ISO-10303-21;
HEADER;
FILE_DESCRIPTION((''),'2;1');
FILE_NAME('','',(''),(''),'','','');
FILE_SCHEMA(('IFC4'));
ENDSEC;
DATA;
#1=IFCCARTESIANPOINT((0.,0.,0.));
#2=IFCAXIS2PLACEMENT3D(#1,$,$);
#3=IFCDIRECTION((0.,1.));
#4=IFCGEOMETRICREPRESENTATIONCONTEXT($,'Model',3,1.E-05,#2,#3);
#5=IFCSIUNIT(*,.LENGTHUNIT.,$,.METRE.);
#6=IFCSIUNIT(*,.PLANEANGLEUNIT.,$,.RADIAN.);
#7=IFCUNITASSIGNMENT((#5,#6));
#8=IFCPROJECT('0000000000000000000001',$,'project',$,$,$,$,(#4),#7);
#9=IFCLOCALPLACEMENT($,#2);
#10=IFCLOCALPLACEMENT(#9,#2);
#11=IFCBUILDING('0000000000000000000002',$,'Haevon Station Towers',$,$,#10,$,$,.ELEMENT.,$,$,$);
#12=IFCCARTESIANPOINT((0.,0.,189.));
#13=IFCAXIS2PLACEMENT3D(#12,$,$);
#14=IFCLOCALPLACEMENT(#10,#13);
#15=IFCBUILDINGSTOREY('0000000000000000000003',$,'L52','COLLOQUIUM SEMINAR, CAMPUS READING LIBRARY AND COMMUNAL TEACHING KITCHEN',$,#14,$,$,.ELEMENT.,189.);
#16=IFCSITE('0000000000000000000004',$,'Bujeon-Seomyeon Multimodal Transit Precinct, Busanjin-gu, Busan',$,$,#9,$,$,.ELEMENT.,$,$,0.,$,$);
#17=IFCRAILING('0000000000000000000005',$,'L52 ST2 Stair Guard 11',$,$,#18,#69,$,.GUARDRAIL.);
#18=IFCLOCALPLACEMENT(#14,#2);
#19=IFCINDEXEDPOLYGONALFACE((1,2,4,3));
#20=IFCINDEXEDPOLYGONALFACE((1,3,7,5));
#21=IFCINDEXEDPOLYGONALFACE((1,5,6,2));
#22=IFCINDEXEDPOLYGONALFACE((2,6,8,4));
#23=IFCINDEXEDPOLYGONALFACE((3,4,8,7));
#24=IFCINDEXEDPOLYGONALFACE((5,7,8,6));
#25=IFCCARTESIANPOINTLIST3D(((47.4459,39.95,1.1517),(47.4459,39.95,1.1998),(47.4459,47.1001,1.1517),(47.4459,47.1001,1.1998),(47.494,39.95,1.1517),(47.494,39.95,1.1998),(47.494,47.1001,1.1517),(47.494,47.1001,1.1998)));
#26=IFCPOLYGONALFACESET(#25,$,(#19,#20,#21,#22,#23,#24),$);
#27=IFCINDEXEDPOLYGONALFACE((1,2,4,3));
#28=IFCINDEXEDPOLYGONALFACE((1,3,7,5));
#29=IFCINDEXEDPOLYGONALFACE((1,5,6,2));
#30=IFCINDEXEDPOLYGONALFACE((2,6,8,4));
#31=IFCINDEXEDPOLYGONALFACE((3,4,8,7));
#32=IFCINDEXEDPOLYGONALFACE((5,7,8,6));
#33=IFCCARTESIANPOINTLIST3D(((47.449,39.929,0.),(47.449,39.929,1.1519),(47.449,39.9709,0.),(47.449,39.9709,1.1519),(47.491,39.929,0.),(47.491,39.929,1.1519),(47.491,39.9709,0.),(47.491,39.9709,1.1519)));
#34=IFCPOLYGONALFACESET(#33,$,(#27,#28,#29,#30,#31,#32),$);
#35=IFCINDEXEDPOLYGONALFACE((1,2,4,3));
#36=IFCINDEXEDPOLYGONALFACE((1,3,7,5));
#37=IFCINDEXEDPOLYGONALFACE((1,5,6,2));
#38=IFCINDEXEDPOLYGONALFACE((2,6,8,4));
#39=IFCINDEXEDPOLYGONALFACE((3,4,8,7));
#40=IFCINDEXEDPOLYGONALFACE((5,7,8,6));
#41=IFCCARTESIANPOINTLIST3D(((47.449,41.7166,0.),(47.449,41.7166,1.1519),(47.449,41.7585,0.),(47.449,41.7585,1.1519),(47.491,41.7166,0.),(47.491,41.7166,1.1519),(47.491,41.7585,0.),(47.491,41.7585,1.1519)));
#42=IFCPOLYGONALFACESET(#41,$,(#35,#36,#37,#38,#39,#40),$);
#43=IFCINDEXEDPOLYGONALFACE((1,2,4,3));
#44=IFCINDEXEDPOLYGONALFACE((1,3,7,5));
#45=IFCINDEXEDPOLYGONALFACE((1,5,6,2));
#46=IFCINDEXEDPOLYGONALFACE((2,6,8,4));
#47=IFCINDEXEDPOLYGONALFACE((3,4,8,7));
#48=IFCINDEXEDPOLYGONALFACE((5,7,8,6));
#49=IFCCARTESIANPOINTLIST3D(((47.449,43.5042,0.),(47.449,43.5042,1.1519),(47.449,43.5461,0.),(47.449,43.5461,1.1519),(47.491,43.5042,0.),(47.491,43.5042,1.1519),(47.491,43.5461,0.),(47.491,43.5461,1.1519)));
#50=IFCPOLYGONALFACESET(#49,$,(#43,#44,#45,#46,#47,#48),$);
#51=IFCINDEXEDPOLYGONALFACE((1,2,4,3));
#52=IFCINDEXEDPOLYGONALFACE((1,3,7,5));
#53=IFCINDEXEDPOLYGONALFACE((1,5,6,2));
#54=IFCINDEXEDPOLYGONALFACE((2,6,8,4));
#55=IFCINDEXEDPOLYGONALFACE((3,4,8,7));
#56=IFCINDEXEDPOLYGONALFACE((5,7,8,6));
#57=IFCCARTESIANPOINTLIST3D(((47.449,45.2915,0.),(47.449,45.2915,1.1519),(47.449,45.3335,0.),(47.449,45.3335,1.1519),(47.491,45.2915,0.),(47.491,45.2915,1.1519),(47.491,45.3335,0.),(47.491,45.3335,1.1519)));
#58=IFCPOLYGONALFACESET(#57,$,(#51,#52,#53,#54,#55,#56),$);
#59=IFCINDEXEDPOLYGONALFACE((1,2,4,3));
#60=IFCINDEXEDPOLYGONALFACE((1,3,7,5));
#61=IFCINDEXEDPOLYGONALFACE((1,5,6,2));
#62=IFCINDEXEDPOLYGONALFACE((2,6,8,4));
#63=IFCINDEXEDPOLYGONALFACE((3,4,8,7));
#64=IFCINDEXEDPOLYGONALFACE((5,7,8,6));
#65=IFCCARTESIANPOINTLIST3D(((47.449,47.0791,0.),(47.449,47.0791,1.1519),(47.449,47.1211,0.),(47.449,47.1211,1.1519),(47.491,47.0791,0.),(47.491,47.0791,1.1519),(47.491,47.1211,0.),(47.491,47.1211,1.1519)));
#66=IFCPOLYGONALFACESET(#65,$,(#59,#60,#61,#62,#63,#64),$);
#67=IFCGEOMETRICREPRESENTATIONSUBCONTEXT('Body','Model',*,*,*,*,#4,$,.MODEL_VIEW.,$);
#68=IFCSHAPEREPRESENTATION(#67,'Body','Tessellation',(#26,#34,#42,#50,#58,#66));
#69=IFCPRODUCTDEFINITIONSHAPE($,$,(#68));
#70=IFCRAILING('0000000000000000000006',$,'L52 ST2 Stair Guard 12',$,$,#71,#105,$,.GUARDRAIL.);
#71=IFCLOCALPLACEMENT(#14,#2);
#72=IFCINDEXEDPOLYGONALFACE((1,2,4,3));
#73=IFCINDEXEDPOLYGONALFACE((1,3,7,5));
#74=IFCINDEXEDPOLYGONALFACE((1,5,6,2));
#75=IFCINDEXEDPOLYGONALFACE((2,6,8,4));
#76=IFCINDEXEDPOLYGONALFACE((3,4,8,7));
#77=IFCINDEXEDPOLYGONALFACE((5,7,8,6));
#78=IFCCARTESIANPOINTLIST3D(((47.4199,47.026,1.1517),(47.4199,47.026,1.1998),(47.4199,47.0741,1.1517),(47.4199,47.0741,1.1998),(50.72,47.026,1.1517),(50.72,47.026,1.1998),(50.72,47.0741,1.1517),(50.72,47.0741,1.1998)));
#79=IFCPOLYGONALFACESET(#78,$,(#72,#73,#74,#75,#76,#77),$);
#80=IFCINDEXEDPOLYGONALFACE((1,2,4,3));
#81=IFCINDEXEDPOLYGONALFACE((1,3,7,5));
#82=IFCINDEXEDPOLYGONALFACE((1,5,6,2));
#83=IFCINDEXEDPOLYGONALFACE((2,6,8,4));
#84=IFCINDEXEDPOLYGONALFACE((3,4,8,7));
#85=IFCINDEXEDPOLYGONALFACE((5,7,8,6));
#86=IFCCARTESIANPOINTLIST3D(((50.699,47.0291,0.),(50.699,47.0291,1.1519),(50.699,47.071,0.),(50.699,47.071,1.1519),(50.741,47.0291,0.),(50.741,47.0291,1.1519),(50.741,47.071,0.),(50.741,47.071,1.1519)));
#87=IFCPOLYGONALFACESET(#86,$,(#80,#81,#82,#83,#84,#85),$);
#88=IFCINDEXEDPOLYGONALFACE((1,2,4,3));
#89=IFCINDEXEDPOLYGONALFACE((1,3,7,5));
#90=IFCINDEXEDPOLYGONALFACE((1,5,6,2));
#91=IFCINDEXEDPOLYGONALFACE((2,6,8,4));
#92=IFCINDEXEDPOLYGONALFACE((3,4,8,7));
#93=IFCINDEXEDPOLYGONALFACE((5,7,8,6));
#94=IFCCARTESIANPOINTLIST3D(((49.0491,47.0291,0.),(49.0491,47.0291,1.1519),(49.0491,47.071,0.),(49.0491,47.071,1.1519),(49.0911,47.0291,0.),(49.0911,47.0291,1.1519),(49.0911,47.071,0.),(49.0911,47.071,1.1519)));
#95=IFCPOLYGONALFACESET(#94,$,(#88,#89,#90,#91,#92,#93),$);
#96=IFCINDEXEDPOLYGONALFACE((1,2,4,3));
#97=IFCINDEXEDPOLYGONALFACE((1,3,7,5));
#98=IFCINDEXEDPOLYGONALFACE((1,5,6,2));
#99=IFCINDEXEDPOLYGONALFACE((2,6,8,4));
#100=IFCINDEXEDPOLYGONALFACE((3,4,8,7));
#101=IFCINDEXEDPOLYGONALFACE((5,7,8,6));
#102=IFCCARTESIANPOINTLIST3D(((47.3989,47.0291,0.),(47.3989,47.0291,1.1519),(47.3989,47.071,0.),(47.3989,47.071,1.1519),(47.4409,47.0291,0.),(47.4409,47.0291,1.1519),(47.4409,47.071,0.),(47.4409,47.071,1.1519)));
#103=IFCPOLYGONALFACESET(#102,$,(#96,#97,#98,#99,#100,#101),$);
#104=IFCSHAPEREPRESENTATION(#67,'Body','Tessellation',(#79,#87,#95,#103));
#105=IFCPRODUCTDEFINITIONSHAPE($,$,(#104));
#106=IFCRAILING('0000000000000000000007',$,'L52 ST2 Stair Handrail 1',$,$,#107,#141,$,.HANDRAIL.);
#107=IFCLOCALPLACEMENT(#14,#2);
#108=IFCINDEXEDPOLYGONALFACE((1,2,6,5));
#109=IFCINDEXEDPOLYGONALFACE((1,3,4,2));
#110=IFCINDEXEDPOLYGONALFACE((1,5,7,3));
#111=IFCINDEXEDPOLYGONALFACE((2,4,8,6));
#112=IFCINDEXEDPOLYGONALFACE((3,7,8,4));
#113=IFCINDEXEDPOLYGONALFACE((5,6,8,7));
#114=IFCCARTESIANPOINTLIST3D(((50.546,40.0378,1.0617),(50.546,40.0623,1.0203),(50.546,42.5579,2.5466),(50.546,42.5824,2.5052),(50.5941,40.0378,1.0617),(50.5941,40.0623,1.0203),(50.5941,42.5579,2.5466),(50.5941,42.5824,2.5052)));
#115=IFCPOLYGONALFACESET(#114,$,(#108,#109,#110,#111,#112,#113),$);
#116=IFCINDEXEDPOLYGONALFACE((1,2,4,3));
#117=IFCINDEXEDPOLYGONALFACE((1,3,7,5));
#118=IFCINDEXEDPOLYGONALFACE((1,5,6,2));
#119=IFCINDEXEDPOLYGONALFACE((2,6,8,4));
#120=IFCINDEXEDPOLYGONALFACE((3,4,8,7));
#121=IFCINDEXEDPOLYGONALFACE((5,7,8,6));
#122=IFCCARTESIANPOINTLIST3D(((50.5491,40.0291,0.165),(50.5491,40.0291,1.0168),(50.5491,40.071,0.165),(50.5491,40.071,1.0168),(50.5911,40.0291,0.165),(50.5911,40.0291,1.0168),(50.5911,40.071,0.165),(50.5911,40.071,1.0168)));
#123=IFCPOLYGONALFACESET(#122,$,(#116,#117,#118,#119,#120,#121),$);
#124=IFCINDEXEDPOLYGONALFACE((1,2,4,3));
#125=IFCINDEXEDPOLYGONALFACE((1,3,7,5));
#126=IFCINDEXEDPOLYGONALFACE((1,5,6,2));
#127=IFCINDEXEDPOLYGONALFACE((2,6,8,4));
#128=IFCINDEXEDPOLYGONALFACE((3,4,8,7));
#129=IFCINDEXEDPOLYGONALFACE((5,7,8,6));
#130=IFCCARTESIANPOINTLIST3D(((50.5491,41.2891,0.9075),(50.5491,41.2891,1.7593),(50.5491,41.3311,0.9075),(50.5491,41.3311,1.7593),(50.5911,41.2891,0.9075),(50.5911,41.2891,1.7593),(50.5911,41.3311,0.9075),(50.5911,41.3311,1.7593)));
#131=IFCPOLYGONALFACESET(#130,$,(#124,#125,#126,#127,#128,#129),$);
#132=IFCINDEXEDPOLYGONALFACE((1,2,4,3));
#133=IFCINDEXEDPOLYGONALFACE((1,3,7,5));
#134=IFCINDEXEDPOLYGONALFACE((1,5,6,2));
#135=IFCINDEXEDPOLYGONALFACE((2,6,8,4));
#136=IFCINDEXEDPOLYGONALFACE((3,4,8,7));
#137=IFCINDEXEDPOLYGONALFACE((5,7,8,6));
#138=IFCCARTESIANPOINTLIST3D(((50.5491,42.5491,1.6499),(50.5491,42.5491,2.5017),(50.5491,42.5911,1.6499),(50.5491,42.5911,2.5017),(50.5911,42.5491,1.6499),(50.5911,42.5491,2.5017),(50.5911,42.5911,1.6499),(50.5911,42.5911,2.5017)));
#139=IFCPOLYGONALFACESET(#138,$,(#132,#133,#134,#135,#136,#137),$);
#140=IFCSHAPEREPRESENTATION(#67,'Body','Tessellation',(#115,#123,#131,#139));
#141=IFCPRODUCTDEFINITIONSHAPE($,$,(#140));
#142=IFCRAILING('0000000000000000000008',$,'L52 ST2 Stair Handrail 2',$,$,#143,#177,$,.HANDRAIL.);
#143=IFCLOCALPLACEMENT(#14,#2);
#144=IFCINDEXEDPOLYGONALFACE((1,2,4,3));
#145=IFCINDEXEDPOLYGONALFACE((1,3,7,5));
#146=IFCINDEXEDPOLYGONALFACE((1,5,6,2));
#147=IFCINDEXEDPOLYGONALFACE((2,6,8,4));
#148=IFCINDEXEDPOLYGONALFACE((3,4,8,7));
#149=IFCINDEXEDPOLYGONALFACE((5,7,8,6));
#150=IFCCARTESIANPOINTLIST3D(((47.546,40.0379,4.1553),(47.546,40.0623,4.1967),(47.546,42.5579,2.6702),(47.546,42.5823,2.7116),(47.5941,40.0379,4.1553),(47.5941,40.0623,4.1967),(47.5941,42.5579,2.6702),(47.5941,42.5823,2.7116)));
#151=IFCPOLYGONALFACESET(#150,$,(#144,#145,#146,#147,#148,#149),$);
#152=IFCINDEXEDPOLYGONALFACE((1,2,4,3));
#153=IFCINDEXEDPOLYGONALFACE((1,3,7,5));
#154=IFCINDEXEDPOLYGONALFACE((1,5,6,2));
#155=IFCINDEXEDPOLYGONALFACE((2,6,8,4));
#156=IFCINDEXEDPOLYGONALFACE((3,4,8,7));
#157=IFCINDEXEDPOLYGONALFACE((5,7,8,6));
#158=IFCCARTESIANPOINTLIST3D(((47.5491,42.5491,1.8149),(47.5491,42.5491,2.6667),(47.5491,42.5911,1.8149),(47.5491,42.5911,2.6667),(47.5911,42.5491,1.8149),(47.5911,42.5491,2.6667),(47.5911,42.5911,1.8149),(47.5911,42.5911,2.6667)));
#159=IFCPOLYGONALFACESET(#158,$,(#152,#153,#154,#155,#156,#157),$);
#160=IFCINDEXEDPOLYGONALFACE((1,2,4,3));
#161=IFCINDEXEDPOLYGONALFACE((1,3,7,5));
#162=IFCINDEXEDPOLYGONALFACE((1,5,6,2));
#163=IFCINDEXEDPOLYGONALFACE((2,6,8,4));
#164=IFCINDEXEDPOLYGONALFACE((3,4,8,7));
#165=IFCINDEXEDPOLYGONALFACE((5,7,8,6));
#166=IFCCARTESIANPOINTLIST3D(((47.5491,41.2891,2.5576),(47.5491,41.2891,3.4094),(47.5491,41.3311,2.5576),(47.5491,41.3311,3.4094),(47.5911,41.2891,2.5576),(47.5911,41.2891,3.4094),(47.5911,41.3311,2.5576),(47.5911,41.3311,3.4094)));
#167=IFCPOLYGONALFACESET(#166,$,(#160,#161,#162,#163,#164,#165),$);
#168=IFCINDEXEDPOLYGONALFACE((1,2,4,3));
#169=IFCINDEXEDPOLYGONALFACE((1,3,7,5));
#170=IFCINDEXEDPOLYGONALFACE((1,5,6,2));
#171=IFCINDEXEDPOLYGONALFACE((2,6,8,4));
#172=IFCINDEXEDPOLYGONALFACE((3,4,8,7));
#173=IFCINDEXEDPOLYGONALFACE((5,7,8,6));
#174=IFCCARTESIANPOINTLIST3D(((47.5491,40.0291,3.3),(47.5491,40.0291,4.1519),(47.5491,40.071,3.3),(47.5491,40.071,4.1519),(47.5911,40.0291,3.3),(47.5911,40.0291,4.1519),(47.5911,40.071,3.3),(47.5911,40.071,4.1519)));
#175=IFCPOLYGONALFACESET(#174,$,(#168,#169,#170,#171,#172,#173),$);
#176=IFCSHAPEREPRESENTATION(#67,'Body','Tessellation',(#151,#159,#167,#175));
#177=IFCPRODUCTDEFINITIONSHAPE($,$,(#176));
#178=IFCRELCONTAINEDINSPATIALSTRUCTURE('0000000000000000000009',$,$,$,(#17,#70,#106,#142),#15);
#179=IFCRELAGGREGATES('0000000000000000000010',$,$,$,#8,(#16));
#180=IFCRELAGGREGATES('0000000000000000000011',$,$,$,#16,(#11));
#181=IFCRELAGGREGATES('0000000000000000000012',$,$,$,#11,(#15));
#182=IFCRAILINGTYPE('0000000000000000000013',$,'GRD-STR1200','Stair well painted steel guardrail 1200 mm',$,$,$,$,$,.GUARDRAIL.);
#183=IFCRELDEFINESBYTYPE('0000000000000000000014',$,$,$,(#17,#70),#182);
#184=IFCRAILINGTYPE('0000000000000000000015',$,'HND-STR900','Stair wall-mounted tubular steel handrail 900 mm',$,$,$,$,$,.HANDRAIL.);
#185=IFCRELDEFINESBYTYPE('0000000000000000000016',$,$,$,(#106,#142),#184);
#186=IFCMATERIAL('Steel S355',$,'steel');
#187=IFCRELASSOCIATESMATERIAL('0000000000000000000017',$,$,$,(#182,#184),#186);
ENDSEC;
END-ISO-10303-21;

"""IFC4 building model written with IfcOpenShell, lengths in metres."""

from ifc_helpers import new_model, si_unit, direction, frame, origin, origin_2d, place, context, subcontext, project, spatial, rectangle, extrude, material, type_object, element, save


model = new_model("IFC4")

# Units and contexts
model_context = context("Model", 3, precision=1e-05, world=origin(), true_north=direction((0.0, 1.0)))
body_context = subcontext(model_context, "Body", "Model", "MODEL_VIEW")
ifc_project = project(units=[si_unit("LENGTHUNIT", "METRE"), si_unit("PLANEANGLEUNIT", "RADIAN")], contexts=[model_context])

# Site, building, storey
site_placement = place(None, origin())
site = spatial("IfcSite", under=ifc_project, at=site_placement, Name="Bujeon-Seomyeon Multimodal Transit Precinct, Busanjin-gu, Busan", CompositionType="ELEMENT", RefElevation=0.0)
building_placement = place(site_placement, origin())
building = spatial("IfcBuilding", under=site, at=building_placement, Name="Haevon Station Towers", CompositionType="ELEMENT")
storey_placement = place(building_placement, frame((0.0, 0.0, 189.0)))
storey = spatial("IfcBuildingStorey", under=building, at=storey_placement, Name="L52", Description="COLLOQUIUM SEMINAR, CAMPUS READING LIBRARY AND COMMUNAL TEACHING KITCHEN", CompositionType="ELEMENT", Elevation=189.0)

# Shared definitions
ifc_material_1 = material(Name="Steel S355", Category="steel")

# Railings
railing_type_1 = type_object("IfcRailingType", Name="GRD-STR1200", Description="Stair well painted steel guardrail 1200 mm", PredefinedType="GUARDRAIL", material=ifc_material_1)
for number, where, name in (
    (1, (47.47, 39.95, 0.0), "L52 ST2 Stair Guard 11"),
):
    element("IfcRailing", number, at=place(storey_placement, frame(where)), inside=storey, type_object=railing_type_1, Name=name, PredefinedType="GUARDRAIL", context=body_context, shape_type="SweptSolid", body=[
        extrude(rectangle(XDim=0.0481, YDim=0.0481, at=origin_2d()), frame((0.0, 0.0, 1.1758), z_axis=(0.0, 1.0, 0.0), x_axis=(-1.0, 0.0, 0.0)), (0.0, 0.0, 1.0), 7.1501),
        extrude(rectangle(XDim=0.042, YDim=0.042, at=origin_2d()), origin(), (0.0, 0.0, 1.0), 1.1519),
        extrude(rectangle(XDim=0.042, YDim=0.042, at=origin_2d()), frame((0.0, 1.7876, 0.0)), (0.0, 0.0, 1.0), 1.1519),
        extrude(rectangle(XDim=0.042, YDim=0.042, at=origin_2d()), frame((0.0, 3.5752, 0.0)), (0.0, 0.0, 1.0), 1.1519),
        extrude(rectangle(XDim=0.042, YDim=0.042, at=origin_2d()), frame((0.0, 5.3625, 0.0)), (0.0, 0.0, 1.0), 1.1519),
        extrude(rectangle(XDim=0.042, YDim=0.042, at=origin_2d()), frame((0.0, 7.1501, 0.0)), (0.0, 0.0, 1.0), 1.1519),
    ])
railing_1_placement = place(storey_placement, frame((50.72, 47.05, 0.0)))
element("IfcRailing", 2, at=railing_1_placement, inside=storey, type_object=railing_type_1, Name="L52 ST2 Stair Guard 12", PredefinedType="GUARDRAIL", context=body_context, shape_type="SweptSolid", body=[
    extrude(rectangle(XDim=0.0481, YDim=0.0481, at=origin_2d()), frame((0.0, 0.0, 1.1758), z_axis=(-1.0, 0.0, 0.0), x_axis=(0.0, -1.0, 0.0)), (0.0, 0.0, 1.0), 3.3),
    extrude(rectangle(XDim=0.042, YDim=0.042, at=origin_2d()), origin(), (0.0, 0.0, 1.0), 1.1519),
    extrude(rectangle(XDim=0.042, YDim=0.042, at=origin_2d()), frame((-1.6499, 0.0, 0.0)), (0.0, 0.0, 1.0), 1.1519),
    extrude(rectangle(XDim=0.042, YDim=0.042, at=origin_2d()), frame((-3.3, 0.0, 0.0)), (0.0, 0.0, 1.0), 1.1519),
])
railing_type_2 = type_object("IfcRailingType", Name="HND-STR900", Description="Stair wall-mounted tubular steel handrail 900 mm", PredefinedType="HANDRAIL", material=ifc_material_1)
railing_2_placement = place(storey_placement, frame((50.5701, 40.05, 0.165)))
element("IfcRailing", 3, at=railing_2_placement, inside=storey, type_object=railing_type_2, Name="L52 ST2 Stair Handrail 1", PredefinedType="HANDRAIL", context=body_context, shape_type="SweptSolid", body=[
    extrude(rectangle(XDim=0.0481, YDim=0.0481, at=origin_2d()), frame((0.0, 0.0, 0.876), z_axis=(0.0, 0.861561, 0.507655), x_axis=(-1.0, 0.0, 0.0)), (0.0, 0.0, 1.0), 2.925),
    extrude(rectangle(XDim=0.042, YDim=0.042, at=origin_2d()), origin(), (0.0, 0.0, 1.0), 0.8518),
    extrude(rectangle(XDim=0.042, YDim=0.042, at=origin_2d()), frame((0.0, 1.26, 0.7424)), (0.0, 0.0, 1.0), 0.8518),
    extrude(rectangle(XDim=0.042, YDim=0.042, at=origin_2d()), frame((0.0, 2.52, 1.4849)), (0.0, 0.0, 1.0), 0.8518),
])
railing_3_placement = place(storey_placement, frame((47.5701, 42.5701, 1.8149)))
element("IfcRailing", 4, at=railing_3_placement, inside=storey, type_object=railing_type_2, Name="L52 ST2 Stair Handrail 2", PredefinedType="HANDRAIL", context=body_context, shape_type="SweptSolid", body=[
    extrude(rectangle(XDim=0.0481, YDim=0.0481, at=origin_2d()), frame((0.0, 0.0, 0.876), z_axis=(0.0, -0.861524, 0.507717), x_axis=(1.0, 0.0, 0.0)), (0.0, 0.0, 1.0), 2.925),
    extrude(rectangle(XDim=0.042, YDim=0.042, at=origin_2d()), origin(), (0.0, 0.0, 1.0), 0.8518),
    extrude(rectangle(XDim=0.042, YDim=0.042, at=origin_2d()), frame((0.0, -1.26, 0.7427)), (0.0, 0.0, 1.0), 0.8518),
    extrude(rectangle(XDim=0.042, YDim=0.042, at=origin_2d()), frame((0.0, -2.52, 1.4851)), (0.0, 0.0, 1.0), 0.8518),
])

save(model, "model.ifc")
